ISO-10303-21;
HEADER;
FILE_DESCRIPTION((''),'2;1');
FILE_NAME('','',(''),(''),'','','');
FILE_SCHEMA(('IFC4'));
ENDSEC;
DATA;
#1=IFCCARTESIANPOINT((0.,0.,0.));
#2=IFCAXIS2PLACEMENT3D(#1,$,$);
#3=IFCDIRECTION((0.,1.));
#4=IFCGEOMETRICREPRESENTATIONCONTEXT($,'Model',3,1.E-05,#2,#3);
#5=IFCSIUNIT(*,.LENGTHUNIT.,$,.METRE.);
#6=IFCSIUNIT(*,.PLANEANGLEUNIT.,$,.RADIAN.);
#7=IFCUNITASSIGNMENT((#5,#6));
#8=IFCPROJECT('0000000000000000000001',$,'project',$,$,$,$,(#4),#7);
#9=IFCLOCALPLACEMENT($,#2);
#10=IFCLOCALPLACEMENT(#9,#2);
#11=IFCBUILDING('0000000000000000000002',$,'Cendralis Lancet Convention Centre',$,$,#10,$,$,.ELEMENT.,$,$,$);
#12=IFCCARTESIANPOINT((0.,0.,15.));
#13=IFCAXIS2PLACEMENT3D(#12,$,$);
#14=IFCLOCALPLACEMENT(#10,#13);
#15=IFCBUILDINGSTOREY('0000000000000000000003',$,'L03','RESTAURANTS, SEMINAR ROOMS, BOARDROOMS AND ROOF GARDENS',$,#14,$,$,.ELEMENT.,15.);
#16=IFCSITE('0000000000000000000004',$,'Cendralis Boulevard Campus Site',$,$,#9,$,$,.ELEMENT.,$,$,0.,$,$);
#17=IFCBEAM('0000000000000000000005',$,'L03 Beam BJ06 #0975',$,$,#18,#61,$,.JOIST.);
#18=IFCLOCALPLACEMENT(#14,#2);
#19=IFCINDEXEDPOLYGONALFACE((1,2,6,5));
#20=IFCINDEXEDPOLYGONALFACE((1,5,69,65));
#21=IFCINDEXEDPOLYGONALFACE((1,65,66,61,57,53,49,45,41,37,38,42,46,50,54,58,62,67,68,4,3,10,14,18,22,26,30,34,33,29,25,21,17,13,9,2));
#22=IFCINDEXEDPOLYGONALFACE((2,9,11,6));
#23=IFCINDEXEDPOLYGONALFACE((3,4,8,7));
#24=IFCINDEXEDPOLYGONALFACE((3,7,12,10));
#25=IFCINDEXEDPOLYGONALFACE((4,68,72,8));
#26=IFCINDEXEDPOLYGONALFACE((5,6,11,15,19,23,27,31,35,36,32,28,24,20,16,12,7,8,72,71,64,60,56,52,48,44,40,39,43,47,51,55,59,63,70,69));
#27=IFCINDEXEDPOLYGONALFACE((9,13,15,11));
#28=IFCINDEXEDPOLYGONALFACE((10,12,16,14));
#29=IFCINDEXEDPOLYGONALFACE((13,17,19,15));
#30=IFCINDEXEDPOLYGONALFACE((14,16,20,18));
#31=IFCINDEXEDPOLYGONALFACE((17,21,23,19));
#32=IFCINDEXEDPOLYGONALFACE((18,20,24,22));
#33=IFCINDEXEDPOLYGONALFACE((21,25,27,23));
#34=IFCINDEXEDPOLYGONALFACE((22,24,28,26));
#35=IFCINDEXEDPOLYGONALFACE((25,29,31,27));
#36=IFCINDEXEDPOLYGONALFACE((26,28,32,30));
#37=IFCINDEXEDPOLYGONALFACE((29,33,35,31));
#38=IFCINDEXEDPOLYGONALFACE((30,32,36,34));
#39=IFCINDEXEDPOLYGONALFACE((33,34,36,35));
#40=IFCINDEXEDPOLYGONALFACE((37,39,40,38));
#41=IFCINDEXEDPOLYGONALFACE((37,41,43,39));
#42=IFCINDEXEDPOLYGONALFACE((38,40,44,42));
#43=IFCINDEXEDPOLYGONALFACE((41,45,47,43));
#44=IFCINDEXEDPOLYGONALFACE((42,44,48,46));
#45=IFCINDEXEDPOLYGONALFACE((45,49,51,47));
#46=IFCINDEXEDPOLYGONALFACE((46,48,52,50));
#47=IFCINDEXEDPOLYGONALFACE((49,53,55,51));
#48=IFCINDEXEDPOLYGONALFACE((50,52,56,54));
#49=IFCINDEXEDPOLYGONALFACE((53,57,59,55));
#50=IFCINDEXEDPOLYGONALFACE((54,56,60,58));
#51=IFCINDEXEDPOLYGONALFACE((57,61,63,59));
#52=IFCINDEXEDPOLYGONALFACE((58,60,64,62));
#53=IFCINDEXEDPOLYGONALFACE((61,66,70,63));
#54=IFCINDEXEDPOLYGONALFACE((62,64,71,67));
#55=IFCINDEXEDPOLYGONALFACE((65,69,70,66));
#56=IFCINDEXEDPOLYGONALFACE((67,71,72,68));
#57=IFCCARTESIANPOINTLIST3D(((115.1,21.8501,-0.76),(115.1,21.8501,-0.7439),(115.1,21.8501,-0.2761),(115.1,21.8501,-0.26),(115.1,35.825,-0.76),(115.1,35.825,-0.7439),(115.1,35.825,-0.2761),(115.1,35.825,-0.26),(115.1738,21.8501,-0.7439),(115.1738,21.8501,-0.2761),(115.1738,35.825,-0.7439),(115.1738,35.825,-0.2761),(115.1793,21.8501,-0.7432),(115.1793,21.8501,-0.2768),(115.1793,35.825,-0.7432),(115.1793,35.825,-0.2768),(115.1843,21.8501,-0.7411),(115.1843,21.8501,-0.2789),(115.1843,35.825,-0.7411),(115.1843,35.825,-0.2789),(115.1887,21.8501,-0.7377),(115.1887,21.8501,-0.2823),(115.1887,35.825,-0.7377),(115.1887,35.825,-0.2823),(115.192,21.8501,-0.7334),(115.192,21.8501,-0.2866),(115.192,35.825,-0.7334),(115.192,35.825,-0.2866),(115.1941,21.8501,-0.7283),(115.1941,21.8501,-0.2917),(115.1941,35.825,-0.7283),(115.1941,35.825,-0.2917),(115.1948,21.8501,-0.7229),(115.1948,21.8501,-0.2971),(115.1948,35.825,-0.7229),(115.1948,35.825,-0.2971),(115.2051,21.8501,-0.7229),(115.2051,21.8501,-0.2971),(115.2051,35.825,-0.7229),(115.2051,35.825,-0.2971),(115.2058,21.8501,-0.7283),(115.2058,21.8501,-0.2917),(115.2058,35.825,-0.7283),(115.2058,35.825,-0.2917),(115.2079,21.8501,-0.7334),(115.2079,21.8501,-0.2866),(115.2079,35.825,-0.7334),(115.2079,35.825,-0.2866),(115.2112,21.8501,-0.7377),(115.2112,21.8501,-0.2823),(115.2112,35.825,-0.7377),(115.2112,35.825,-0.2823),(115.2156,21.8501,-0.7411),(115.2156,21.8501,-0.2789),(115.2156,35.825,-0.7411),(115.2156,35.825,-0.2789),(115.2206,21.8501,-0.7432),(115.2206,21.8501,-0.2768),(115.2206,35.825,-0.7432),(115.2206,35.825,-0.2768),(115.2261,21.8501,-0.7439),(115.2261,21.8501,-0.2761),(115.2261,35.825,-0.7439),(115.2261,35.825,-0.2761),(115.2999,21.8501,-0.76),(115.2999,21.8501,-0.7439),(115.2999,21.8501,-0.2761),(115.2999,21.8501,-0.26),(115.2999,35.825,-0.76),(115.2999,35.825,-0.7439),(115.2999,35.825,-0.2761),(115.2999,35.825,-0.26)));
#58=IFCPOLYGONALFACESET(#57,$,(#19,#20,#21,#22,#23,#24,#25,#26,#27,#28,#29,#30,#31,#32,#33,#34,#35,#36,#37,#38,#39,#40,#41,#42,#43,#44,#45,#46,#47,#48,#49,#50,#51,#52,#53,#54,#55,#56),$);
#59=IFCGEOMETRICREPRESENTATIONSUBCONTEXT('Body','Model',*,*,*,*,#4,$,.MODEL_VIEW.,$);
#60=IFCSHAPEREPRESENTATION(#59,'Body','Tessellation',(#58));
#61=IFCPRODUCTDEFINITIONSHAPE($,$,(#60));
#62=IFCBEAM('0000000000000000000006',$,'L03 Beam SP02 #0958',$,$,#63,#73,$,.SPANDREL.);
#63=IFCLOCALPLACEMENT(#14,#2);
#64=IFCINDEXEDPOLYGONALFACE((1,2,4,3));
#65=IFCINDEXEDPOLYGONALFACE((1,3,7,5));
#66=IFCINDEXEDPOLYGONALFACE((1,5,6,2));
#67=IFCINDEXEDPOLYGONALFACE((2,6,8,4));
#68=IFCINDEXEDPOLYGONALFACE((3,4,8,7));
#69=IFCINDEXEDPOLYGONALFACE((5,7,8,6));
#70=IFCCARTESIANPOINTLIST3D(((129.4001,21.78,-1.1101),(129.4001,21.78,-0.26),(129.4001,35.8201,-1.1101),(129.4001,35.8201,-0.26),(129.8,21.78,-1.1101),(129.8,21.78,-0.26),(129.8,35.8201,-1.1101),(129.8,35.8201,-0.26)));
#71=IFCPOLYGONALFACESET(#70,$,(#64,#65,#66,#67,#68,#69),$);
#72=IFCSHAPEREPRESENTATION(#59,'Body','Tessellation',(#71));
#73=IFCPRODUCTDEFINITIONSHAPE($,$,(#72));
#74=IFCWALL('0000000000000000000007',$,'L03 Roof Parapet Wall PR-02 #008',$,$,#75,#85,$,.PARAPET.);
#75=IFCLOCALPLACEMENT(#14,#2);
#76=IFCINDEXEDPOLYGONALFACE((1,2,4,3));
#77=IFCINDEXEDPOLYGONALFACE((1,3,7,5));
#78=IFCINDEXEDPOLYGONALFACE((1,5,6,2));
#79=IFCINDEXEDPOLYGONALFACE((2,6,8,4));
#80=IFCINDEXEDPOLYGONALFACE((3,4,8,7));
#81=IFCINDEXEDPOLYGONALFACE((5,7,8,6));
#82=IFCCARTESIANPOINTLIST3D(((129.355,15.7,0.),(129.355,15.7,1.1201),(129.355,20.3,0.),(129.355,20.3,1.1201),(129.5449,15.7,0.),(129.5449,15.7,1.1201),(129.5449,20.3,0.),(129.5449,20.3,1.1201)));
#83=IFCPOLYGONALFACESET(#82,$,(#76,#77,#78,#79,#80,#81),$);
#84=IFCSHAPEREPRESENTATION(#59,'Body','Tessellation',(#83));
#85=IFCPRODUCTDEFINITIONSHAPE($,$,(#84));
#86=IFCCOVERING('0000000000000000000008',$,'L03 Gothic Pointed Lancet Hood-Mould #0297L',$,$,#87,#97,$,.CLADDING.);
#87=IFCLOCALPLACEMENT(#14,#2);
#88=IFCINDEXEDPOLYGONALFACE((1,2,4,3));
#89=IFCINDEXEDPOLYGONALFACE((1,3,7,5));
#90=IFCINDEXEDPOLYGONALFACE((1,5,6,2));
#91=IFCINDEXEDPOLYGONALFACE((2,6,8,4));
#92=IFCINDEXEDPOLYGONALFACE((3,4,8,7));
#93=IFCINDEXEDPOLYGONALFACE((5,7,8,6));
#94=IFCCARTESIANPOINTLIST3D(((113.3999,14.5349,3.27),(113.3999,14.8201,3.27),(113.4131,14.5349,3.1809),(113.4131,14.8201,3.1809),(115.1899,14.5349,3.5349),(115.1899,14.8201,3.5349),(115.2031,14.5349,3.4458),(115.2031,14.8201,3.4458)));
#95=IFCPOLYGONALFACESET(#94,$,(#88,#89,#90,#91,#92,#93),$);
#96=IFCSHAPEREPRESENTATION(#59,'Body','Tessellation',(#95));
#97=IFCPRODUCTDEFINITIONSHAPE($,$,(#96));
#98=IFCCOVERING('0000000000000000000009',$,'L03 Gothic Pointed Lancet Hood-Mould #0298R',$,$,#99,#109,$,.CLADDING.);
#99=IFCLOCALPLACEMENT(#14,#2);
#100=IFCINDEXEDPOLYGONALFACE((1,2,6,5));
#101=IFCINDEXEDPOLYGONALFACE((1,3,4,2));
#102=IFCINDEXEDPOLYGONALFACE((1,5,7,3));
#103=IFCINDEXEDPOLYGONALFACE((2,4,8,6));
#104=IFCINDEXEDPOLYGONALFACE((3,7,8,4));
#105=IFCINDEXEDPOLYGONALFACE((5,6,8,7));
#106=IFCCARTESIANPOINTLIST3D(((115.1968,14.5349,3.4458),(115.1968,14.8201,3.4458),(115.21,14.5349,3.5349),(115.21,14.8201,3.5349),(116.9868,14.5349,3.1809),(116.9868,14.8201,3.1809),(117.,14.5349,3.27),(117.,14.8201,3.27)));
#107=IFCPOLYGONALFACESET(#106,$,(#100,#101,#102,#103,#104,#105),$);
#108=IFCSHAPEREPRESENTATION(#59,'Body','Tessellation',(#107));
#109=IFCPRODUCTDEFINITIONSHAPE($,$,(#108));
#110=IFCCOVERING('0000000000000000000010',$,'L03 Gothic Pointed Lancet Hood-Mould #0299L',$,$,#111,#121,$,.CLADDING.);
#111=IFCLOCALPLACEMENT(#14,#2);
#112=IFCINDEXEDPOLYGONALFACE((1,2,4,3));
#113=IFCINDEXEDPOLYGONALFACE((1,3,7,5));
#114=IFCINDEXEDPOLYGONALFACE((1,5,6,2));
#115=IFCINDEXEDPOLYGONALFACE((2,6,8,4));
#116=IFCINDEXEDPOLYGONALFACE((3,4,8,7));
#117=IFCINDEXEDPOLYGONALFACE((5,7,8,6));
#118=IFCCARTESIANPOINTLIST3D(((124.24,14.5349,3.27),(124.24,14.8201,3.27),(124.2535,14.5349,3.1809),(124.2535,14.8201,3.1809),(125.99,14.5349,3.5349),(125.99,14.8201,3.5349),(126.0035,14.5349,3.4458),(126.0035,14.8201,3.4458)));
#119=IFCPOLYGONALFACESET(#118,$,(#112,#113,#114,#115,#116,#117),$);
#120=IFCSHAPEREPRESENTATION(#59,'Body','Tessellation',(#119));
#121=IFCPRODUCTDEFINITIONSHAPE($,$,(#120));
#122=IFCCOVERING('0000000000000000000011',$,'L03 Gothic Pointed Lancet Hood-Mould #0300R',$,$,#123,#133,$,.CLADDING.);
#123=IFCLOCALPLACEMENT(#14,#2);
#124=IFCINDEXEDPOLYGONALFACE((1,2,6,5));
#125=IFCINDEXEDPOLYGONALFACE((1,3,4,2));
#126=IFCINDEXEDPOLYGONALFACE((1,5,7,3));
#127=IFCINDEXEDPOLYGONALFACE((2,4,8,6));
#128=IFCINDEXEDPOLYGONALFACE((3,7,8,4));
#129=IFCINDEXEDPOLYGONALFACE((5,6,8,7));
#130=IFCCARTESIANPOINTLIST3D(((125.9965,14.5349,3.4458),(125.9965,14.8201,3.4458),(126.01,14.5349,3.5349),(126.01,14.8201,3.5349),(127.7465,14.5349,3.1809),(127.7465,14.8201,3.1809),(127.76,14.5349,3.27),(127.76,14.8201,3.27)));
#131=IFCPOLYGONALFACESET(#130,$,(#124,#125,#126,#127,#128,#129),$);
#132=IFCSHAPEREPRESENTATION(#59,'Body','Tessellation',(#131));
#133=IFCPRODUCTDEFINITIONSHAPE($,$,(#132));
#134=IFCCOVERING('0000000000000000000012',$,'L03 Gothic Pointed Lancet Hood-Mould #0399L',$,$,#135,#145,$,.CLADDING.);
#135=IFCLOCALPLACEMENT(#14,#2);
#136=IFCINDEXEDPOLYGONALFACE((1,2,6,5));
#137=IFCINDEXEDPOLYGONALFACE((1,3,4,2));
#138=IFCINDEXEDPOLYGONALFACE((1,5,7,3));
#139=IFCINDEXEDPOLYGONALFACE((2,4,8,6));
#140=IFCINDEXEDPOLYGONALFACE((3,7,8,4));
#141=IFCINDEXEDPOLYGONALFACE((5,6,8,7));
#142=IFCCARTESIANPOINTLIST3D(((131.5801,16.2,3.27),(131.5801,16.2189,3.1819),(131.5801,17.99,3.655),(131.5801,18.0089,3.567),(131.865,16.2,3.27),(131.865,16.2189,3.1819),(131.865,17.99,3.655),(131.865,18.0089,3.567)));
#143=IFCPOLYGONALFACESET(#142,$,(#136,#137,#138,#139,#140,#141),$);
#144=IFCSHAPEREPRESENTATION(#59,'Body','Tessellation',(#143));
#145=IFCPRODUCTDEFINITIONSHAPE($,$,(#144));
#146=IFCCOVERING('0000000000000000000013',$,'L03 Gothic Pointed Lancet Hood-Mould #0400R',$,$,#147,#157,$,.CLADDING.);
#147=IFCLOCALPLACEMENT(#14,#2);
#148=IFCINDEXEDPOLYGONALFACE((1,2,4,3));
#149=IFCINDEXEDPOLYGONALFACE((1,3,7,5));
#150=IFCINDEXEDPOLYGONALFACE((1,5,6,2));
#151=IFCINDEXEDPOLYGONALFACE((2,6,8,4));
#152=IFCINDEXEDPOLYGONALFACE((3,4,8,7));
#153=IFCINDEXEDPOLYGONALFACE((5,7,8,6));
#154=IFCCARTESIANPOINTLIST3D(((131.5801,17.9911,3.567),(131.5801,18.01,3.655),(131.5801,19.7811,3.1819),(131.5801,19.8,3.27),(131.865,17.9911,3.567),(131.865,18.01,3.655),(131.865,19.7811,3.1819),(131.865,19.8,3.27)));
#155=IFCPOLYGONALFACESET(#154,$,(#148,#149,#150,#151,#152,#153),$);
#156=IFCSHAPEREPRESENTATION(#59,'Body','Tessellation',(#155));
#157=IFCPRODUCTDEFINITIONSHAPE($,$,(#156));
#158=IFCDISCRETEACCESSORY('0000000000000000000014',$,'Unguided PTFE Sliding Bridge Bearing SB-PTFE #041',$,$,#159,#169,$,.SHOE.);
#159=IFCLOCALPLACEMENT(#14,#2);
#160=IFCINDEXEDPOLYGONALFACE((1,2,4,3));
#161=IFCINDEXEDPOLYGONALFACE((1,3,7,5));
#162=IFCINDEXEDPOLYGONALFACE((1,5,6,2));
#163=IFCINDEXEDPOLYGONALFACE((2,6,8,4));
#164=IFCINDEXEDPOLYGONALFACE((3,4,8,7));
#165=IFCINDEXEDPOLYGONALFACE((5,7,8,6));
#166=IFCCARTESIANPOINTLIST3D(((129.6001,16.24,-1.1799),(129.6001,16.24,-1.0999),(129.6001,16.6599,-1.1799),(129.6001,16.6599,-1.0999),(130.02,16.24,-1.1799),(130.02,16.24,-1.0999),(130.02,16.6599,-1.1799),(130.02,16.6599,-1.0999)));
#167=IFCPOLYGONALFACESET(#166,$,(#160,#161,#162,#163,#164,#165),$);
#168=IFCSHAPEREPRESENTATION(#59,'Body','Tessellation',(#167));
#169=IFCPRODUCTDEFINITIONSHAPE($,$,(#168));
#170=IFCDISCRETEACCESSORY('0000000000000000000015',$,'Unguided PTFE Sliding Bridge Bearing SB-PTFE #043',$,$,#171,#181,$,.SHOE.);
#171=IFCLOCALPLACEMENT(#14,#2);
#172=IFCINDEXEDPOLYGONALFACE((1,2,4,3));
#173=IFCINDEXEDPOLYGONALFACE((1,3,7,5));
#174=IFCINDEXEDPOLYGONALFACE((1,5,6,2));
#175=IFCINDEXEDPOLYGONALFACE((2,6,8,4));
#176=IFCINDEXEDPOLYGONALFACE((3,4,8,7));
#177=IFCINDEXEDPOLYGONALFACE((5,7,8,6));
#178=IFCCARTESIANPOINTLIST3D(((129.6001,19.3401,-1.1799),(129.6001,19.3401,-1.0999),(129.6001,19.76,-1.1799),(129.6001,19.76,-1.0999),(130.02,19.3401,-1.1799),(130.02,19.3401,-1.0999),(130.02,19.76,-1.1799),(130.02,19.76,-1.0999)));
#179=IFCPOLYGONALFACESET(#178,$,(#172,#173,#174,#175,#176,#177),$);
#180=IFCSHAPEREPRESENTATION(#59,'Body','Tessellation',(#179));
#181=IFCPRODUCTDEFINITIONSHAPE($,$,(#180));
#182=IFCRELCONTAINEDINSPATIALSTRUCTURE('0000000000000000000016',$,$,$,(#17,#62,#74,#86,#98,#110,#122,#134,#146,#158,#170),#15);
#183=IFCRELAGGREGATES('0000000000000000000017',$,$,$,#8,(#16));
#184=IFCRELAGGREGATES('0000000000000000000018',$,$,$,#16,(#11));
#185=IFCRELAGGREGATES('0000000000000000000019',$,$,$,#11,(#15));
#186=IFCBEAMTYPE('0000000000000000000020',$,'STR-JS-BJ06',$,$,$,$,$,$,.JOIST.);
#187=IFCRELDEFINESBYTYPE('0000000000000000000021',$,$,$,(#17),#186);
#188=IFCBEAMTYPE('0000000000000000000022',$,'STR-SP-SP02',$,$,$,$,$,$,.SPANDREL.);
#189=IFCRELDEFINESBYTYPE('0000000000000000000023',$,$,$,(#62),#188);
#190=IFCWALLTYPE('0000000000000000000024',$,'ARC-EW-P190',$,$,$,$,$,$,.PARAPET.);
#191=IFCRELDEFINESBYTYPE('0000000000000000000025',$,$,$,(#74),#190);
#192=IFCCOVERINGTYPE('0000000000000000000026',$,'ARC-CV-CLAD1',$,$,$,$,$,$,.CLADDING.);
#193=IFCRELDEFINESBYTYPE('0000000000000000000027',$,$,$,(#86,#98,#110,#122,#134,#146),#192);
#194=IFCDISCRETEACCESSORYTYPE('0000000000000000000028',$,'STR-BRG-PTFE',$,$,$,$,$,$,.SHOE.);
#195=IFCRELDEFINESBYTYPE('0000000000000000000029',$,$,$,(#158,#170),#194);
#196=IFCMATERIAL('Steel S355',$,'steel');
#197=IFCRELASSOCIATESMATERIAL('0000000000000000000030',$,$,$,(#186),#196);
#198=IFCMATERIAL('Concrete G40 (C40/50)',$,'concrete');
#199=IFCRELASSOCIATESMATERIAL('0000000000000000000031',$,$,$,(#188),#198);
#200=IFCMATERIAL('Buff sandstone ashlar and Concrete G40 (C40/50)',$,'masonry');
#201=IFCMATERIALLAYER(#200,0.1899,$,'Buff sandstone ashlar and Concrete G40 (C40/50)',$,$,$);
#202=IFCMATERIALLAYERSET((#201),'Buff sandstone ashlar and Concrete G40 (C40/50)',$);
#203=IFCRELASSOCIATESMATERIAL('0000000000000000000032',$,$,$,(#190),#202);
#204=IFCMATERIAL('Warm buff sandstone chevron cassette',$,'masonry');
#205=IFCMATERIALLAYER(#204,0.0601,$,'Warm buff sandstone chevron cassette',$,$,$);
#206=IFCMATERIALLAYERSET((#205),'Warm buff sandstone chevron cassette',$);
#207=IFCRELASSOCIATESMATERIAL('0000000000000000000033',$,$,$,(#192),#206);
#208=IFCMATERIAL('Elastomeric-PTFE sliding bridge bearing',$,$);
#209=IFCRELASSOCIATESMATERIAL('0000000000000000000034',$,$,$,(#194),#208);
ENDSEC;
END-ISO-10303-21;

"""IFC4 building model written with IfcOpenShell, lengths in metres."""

from ifc_helpers import new_model, si_unit, direction, frame, frame_2d, origin, origin_2d, place, context, subcontext, project, spatial, polyline, rectangle, i_section, outline, extrude, material, layer, layer_set, material_profile, profile_set, type_object, element, save


model = new_model("IFC4")

# Units and contexts
model_context = context("Model", 3, precision=1e-05, world=origin(), true_north=direction((0.0, 1.0)))
body_context = subcontext(model_context, "Body", "Model", "MODEL_VIEW")
ifc_project = project(units=[si_unit("LENGTHUNIT", "METRE"), si_unit("PLANEANGLEUNIT", "RADIAN")], contexts=[model_context])

# Site, building, storey
site_placement = place(None, origin())
site = spatial("IfcSite", under=ifc_project, at=site_placement, Name="Cendralis Boulevard Campus Site", CompositionType="ELEMENT", RefElevation=0.0)
building_placement = place(site_placement, origin())
building = spatial("IfcBuilding", under=site, at=building_placement, Name="Cendralis Lancet Convention Centre", CompositionType="ELEMENT")
storey_placement = place(building_placement, frame((0.0, 0.0, 15.0)))
storey = spatial("IfcBuildingStorey", under=building, at=storey_placement, Name="L03", Description="RESTAURANTS, SEMINAR ROOMS, BOARDROOMS AND ROOF GARDENS", CompositionType="ELEMENT", Elevation=15.0)

# Beams
ifc_material_1 = material(Name="Concrete G40 (C40/50)", Category="concrete")
ifc_material_2 = material(Name="Steel S355", Category="steel")
ifc_material_profile_1 = material_profile(ifc_material_2, i_section(OverallWidth=0.2, OverallDepth=0.5, WebThickness=0.0103, FlangeThickness=0.0161, FilletRadius=0.021, at=origin_2d()), Name="IPE 500")
ifc_profile_set_1 = profile_set([ifc_material_profile_1], Name="Steel S355")
beam_type_1 = type_object("IfcBeamType", Name="STR-JS-BJ06", PredefinedType="JOIST", material=ifc_profile_set_1)
beam_1_placement = place(storey_placement, frame((115.2, 21.8501, -0.51), z_axis=(0.0, 1.0, 0.0), x_axis=(-1.0, 0.0, 0.0)))
element("IfcBeam", 1, at=beam_1_placement, inside=storey, type_object=beam_type_1, Name="L03 Beam BJ06 #0975", PredefinedType="JOIST", context=body_context, shape_type="SweptSolid", body=[
    extrude(i_section(OverallWidth=0.2, OverallDepth=0.5, WebThickness=0.0103, FlangeThickness=0.0161, FilletRadius=0.021, at=origin_2d()), origin(), (0.0, 0.0, 1.0), 13.9749),
])
ifc_material_profile_2 = material_profile(ifc_material_1, rectangle(XDim=0.3999, YDim=0.8501, at=origin_2d()), Name="RCB 400x850")
ifc_profile_set_2 = profile_set([ifc_material_profile_2], Name="Concrete G40 (C40/50)")
beam_type_2 = type_object("IfcBeamType", Name="STR-SP-SP02", PredefinedType="SPANDREL", material=ifc_profile_set_2)
beam_2_placement = place(storey_placement, frame((129.6001, 21.78, -0.6851), z_axis=(0.0, 1.0, 0.0), x_axis=(-1.0, 0.0, 0.0)))
element("IfcBeam", 2, at=beam_2_placement, inside=storey, type_object=beam_type_2, Name="L03 Beam SP02 #0958", PredefinedType="SPANDREL", context=body_context, shape_type="SweptSolid", body=[
    extrude(rectangle(XDim=0.3999, YDim=0.8501, at=origin_2d()), origin(), (0.0, 0.0, 1.0), 14.04),
])

# Wall
ifc_material_3 = material(Name="Buff sandstone ashlar and Concrete G40 (C40/50)", Category="masonry")
ifc_layer_1 = layer(ifc_material_3, 0.1899, Name="Buff sandstone ashlar and Concrete G40 (C40/50)")
ifc_layer_set_1 = layer_set([ifc_layer_1], Name="Buff sandstone ashlar and Concrete G40 (C40/50)")
wall_type = type_object("IfcWallType", Name="ARC-EW-P190", PredefinedType="PARAPET", material=ifc_layer_set_1)
wall_placement = place(storey_placement, frame((129.45, 15.7, 0.0), z_axis=(0.0, 0.0, 1.0), x_axis=(0.0, 1.0, 0.0)))
element("IfcWall", 3, at=wall_placement, inside=storey, type_object=wall_type, Name="L03 Roof Parapet Wall PR-02 #008", PredefinedType="PARAPET", context=body_context, shape_type="SweptSolid", body=[
    extrude(rectangle(XDim=4.6001, YDim=0.1899, at=frame_2d((2.3, 0.0))), origin(), (0.0, 0.0, 1.0), 1.1201),
])

# Coverings
ifc_material_4 = material(Name="Warm buff sandstone chevron cassette", Category="masonry")
ifc_layer_2 = layer(ifc_material_4, 0.0601, Name="Warm buff sandstone chevron cassette")
ifc_layer_set_2 = layer_set([ifc_layer_2], Name="Warm buff sandstone chevron cassette")
covering_type = type_object("IfcCoveringType", Name="ARC-CV-CLAD1", PredefinedType="CLADDING", material=ifc_layer_set_2)
for number, where, z_axis, x_axis, name in (
    (4, (113.3999, 14.8201, 3.27), (-0.146387, 0.0, 0.989227), (0.0, -1.0, 0.0), "L03 Gothic Pointed Lancet Hood-Mould #0297L"),
    (5, (115.21, 14.8201, 3.5349), (0.146387, 0.0, 0.989227), (0.0, -1.0, 0.0), "L03 Gothic Pointed Lancet Hood-Mould #0298R"),
):
    element("IfcCovering", number, at=place(storey_placement, frame(where, z_axis=z_axis, x_axis=x_axis)), inside=storey, type_object=covering_type, Name=name, PredefinedType="CLADDING", context=body_context, shape_type="SweptSolid", body=[
        extrude(outline(polyline([(0.0, 0.0), (0.2852, 0.0), (0.2852, 1.8095), (0.0, 1.8095), (0.0, 0.0)])), origin(), (0.0, 0.0, -1.0), 0.0901),
    ])
for number, where, z_axis, x_axis, name in (
    (6, (124.24, 14.8201, 3.27), (-0.149662, 0.0, 0.988737), (0.0, -1.0, 0.0), "L03 Gothic Pointed Lancet Hood-Mould #0299L"),
    (7, (126.01, 14.8201, 3.5349), (0.149662, 0.0, 0.988737), (0.0, -1.0, 0.0), "L03 Gothic Pointed Lancet Hood-Mould #0300R"),
):
    element("IfcCovering", number, at=place(storey_placement, frame(where, z_axis=z_axis, x_axis=x_axis)), inside=storey, type_object=covering_type, Name=name, PredefinedType="CLADDING", context=body_context, shape_type="SweptSolid", body=[
        extrude(outline(polyline([(0.0, 0.0), (0.2852, 0.0), (0.2852, 1.7699), (0.0, 1.7699), (0.0, 0.0)])), origin(), (0.0, 0.0, -1.0), 0.0901),
    ])
for number, where, z_axis, x_axis, name in (
    (8, (131.5801, 16.2, 3.27), (0.0, -0.210276, 0.977642), (1.0, 0.0, 0.0), "L03 Gothic Pointed Lancet Hood-Mould #0399L"),
    (9, (131.5801, 18.01, 3.655), (0.0, 0.210276, 0.977642), (1.0, 0.0, 0.0), "L03 Gothic Pointed Lancet Hood-Mould #0400R"),
):
    element("IfcCovering", number, at=place(storey_placement, frame(where, z_axis=z_axis, x_axis=x_axis)), inside=storey, type_object=covering_type, Name=name, PredefinedType="CLADDING", context=body_context, shape_type="SweptSolid", body=[
        extrude(outline(polyline([(0.0, 0.0), (0.2849, 0.0), (0.2849, 1.831), (0.0, 1.831), (0.0, 0.0)])), origin(), (0.0, 0.0, -1.0), 0.0901),
    ])

# Discrete accessories
ifc_material_5 = material(Name="Elastomeric-PTFE sliding bridge bearing")
discrete_accessory_type = type_object("IfcDiscreteAccessoryType", Name="STR-BRG-PTFE", PredefinedType="SHOE", material=ifc_material_5)
for number, where, z_axis, x_axis, name in (
    (10, (129.8101, 16.45, -1.1799), (0.0, 0.0, 1.0), (1.0, 0.0, 0.0), "Unguided PTFE Sliding Bridge Bearing SB-PTFE #041"),
    (11, (129.8101, 19.55, -1.1799), (0.0, 0.0, 1.0), (1.0, 0.0, 0.0), "Unguided PTFE Sliding Bridge Bearing SB-PTFE #043"),
):
    element("IfcDiscreteAccessory", number, at=place(storey_placement, frame(where, z_axis=z_axis, x_axis=x_axis)), inside=storey, type_object=discrete_accessory_type, Name=name, PredefinedType="SHOE", context=body_context, shape_type="SweptSolid", body=[
        extrude(rectangle(XDim=0.4199, YDim=0.4199, at=origin_2d()), origin(), (0.0, 0.0, 1.0), 0.0801),
    ])

save(model, "model.ifc")
